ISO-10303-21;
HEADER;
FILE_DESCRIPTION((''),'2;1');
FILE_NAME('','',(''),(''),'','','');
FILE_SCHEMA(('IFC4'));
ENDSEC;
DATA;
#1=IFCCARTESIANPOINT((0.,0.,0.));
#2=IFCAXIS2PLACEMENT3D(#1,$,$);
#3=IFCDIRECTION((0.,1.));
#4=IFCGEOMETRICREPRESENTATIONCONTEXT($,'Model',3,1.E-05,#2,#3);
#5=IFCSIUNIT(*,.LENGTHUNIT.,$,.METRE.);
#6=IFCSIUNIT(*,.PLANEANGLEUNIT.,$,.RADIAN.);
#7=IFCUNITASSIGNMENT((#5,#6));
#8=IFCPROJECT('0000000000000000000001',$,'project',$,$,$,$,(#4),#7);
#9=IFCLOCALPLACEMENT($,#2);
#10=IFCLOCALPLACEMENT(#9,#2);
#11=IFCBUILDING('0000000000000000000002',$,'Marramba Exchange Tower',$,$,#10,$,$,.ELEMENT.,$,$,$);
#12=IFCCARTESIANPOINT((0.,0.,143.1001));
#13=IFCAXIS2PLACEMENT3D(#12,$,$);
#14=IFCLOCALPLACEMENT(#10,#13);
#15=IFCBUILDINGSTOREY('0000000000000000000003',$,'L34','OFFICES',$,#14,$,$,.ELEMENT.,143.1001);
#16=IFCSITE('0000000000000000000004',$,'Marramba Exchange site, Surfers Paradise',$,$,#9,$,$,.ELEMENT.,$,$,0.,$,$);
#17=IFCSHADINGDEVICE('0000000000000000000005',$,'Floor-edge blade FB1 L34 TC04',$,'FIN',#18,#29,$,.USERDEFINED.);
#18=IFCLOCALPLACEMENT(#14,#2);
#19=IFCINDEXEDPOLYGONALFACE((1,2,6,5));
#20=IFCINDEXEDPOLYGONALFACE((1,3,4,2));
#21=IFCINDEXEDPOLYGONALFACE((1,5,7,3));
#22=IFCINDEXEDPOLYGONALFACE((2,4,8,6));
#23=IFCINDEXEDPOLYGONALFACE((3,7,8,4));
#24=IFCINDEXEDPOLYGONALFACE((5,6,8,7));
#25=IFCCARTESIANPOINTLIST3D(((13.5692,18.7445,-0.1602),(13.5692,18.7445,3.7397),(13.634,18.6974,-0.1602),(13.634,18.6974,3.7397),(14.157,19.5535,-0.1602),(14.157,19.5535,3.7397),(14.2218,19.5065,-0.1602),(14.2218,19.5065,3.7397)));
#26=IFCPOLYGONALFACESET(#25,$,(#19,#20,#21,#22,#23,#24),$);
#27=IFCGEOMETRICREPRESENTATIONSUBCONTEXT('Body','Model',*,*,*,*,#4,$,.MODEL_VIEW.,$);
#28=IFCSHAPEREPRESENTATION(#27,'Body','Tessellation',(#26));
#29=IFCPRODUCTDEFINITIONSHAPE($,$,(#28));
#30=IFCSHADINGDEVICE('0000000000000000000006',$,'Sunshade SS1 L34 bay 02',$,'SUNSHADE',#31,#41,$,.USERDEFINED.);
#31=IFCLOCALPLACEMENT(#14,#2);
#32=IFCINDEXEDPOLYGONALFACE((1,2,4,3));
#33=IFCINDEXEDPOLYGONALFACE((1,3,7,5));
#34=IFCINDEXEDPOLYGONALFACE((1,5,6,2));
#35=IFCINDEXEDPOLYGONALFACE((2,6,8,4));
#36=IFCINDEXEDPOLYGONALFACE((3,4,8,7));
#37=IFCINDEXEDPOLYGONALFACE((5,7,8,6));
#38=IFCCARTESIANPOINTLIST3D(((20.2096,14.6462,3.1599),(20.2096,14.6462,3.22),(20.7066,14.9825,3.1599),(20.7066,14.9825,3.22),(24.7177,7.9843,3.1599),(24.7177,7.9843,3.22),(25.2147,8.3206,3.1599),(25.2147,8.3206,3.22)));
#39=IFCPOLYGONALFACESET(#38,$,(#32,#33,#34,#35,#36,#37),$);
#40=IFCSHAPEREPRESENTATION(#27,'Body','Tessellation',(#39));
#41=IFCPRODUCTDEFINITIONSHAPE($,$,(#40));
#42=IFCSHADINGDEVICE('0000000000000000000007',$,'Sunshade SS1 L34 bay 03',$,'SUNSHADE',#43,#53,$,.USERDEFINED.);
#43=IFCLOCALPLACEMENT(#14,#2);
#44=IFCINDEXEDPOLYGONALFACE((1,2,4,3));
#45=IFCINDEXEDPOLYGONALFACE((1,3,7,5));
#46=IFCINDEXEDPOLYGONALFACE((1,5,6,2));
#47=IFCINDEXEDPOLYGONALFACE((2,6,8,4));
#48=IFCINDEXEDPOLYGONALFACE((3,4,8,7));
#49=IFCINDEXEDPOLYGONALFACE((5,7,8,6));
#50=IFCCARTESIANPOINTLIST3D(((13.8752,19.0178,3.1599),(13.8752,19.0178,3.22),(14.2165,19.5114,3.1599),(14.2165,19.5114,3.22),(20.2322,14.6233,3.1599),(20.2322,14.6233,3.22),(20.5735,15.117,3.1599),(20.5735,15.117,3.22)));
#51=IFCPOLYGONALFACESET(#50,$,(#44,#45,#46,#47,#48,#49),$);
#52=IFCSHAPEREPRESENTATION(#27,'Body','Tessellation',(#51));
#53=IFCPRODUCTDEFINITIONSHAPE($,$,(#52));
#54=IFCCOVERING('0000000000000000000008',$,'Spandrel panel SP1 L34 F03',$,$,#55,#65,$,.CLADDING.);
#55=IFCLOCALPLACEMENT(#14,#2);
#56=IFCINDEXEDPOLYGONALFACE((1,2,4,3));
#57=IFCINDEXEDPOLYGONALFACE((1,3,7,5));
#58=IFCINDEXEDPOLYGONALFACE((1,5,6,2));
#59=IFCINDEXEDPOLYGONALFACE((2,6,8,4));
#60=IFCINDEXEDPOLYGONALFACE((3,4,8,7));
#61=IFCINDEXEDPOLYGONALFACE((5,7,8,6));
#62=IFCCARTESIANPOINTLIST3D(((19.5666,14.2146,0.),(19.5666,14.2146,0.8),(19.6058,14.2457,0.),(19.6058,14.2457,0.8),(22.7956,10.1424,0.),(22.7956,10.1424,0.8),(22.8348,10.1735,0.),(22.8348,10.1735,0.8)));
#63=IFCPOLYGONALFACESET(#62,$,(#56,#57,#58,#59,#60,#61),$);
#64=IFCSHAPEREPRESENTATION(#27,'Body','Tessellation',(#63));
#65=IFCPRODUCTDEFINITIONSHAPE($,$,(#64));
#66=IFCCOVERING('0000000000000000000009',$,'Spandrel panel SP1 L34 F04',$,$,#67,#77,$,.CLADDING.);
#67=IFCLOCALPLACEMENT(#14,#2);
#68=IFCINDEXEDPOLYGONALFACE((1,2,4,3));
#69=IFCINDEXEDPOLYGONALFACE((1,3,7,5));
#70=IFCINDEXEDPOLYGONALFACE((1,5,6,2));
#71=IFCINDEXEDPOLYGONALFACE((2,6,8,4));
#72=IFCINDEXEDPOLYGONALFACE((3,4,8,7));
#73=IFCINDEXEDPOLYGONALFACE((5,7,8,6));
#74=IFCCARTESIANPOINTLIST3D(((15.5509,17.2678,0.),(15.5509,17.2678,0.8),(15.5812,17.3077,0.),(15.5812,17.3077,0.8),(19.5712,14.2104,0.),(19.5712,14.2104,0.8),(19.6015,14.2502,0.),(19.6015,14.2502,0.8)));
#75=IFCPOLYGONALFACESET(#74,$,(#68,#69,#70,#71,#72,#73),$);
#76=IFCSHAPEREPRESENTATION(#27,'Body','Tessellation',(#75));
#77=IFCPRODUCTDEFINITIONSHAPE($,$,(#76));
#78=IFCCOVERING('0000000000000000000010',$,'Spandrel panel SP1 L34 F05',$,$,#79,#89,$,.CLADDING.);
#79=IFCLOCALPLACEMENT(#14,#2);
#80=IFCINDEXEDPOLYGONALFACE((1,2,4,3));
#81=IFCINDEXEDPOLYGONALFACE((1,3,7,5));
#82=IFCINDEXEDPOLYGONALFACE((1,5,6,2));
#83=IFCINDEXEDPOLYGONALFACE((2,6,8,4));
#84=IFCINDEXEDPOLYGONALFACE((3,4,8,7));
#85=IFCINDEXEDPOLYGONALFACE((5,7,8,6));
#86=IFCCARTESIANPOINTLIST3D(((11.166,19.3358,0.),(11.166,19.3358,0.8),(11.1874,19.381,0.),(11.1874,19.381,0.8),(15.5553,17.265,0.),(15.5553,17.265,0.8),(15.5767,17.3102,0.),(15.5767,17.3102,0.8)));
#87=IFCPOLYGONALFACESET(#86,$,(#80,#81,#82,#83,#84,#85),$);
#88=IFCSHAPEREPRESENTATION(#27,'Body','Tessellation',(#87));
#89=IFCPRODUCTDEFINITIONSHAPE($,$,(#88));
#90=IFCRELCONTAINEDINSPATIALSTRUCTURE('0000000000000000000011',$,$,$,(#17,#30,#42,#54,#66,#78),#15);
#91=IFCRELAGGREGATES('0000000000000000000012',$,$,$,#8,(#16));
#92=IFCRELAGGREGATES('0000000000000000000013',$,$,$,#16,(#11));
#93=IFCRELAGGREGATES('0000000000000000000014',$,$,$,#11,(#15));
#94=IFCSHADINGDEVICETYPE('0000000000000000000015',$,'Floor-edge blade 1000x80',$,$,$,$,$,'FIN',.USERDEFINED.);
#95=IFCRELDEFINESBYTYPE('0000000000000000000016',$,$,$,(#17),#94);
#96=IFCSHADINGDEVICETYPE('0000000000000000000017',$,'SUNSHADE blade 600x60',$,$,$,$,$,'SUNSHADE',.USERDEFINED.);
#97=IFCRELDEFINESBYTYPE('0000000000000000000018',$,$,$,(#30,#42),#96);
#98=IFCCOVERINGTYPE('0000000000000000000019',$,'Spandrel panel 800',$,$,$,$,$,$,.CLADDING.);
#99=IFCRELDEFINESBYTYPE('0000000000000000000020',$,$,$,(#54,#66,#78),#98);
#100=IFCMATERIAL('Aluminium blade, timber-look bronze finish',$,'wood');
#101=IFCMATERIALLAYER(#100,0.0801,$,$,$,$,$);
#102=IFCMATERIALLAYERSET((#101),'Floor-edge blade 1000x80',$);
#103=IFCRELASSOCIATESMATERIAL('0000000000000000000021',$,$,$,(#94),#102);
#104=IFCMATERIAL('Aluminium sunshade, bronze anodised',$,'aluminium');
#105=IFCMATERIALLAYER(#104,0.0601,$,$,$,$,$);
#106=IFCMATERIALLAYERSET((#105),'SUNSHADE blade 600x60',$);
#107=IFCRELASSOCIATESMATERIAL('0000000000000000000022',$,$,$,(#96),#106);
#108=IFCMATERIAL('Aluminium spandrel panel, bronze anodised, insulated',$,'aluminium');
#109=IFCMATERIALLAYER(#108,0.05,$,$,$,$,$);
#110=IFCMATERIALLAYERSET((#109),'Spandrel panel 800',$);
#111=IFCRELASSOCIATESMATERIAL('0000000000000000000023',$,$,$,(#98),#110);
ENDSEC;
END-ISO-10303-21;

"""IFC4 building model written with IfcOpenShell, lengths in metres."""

from ifc_helpers import new_model, si_unit, direction, frame, origin, origin_2d, place, context, subcontext, project, spatial, rectangle, extrude, material, layer, layer_set, type_object, element, save


model = new_model("IFC4")

# Units and contexts
model_context = context("Model", 3, precision=1e-05, world=origin(), true_north=direction((0.0, 1.0)))
body_context = subcontext(model_context, "Body", "Model", "MODEL_VIEW")
ifc_project = project(units=[si_unit("LENGTHUNIT", "METRE"), si_unit("PLANEANGLEUNIT", "RADIAN")], contexts=[model_context])

# Site, building, storey
site_placement = place(None, origin())
site = spatial("IfcSite", under=ifc_project, at=site_placement, Name="Marramba Exchange site, Surfers Paradise", CompositionType="ELEMENT", RefElevation=0.0)
building_placement = place(site_placement, origin())
building = spatial("IfcBuilding", under=site, at=building_placement, Name="Marramba Exchange Tower", CompositionType="ELEMENT")
storey_placement = place(building_placement, frame((0.0, 0.0, 143.1001)))
storey = spatial("IfcBuildingStorey", under=building, at=storey_placement, Name="L34", Description="OFFICES", CompositionType="ELEMENT", Elevation=143.1001)

# Shading devices
ifc_material_1 = material(Name="Aluminium blade, timber-look bronze finish", Category="wood")
ifc_layer_1 = layer(ifc_material_1, 0.0801)
ifc_layer_set_1 = layer_set([ifc_layer_1], Name="Floor-edge blade 1000x80")
shading_device_type_1 = type_object("IfcShadingDeviceType", Name="Floor-edge blade 1000x80", ElementType="FIN", PredefinedType="USERDEFINED", material=ifc_layer_set_1)
for number, where, z_axis, x_axis, name in (
    (1, (13.8955, 19.1255, -0.1602), (0.0, 0.0, 1.0), (0.587785, 0.809017, 0.0), "Floor-edge blade FB1 L34 TC04"),
):
    element("IfcShadingDevice", number, at=place(storey_placement, frame(where, z_axis=z_axis, x_axis=x_axis)), inside=storey, type_object=shading_device_type_1, Name=name, ObjectType="FIN", PredefinedType="USERDEFINED", context=body_context, shape_type="SweptSolid", body=[
        extrude(rectangle(XDim=1.0, YDim=0.0801, at=origin_2d()), origin(), (0.0, 0.0, 1.0), 3.8999),
    ])
ifc_material_2 = material(Name="Aluminium sunshade, bronze anodised", Category="aluminium")
ifc_layer_2 = layer(ifc_material_2, 0.0601)
ifc_layer_set_2 = layer_set([ifc_layer_2], Name="SUNSHADE blade 600x60")
shading_device_type_2 = type_object("IfcShadingDeviceType", Name="SUNSHADE blade 600x60", ElementType="SUNSHADE", PredefinedType="USERDEFINED", material=ifc_layer_set_2)
shading_device_1_placement = place(storey_placement, frame((22.7122, 11.4834, 3.1599), z_axis=(0.0, 0.0, 1.0), x_axis=(-0.560442, 0.828194, 0.0)))
element("IfcShadingDevice", 2, at=shading_device_1_placement, inside=storey, type_object=shading_device_type_2, Name="Sunshade SS1 L34 bay 02", ObjectType="SUNSHADE", PredefinedType="USERDEFINED", context=body_context, shape_type="SweptSolid", body=[
    extrude(rectangle(XDim=8.0439, YDim=0.6001, at=origin_2d()), origin(), (0.0, 0.0, 1.0), 0.0601),
])
shading_device_2_placement = place(storey_placement, frame((17.2244, 17.0674, 3.1599), z_axis=(0.0, 0.0, 1.0), x_axis=(-0.82259, 0.568636, 0.0)))
element("IfcShadingDevice", 3, at=shading_device_2_placement, inside=storey, type_object=shading_device_type_2, Name="Sunshade SS1 L34 bay 03", ObjectType="SUNSHADE", PredefinedType="USERDEFINED", context=body_context, shape_type="SweptSolid", body=[
    extrude(rectangle(XDim=7.728, YDim=0.6001, at=origin_2d()), origin(), (0.0, 0.0, 1.0), 0.0601),
])

# Coverings
ifc_material_3 = material(Name="Aluminium spandrel panel, bronze anodised, insulated", Category="aluminium")
ifc_layer_3 = layer(ifc_material_3, 0.05)
ifc_layer_set_3 = layer_set([ifc_layer_3], Name="Spandrel panel 800")
covering_type = type_object("IfcCoveringType", Name="Spandrel panel 800", PredefinedType="CLADDING", material=ifc_layer_set_3)
covering_1_placement = place(storey_placement, frame((21.2007, 12.1941, 0.0), z_axis=(0.0, 0.0, 1.0), x_axis=(-0.621312, 0.783563, 0.0)))
element("IfcCovering", 4, at=covering_1_placement, inside=storey, type_object=covering_type, Name="Spandrel panel SP1 L34 F03", PredefinedType="CLADDING", context=body_context, shape_type="SweptSolid", body=[
    extrude(rectangle(XDim=5.197, YDim=0.05, at=origin_2d()), origin(), (0.0, 0.0, 1.0), 0.8),
])
covering_2_placement = place(storey_placement, frame((17.5762, 15.759, 0.0), z_axis=(0.0, 0.0, 1.0), x_axis=(-0.795972, 0.605334, 0.0)))
element("IfcCovering", 5, at=covering_2_placement, inside=storey, type_object=covering_type, Name="Spandrel panel SP1 L34 F04", PredefinedType="CLADDING", context=body_context, shape_type="SweptSolid", body=[
    extrude(rectangle(XDim=5.0508, YDim=0.05, at=origin_2d()), origin(), (0.0, 0.0, 1.0), 0.8),
])
covering_3_placement = place(storey_placement, frame((13.3713, 18.323, 0.0), z_axis=(0.0, 0.0, 1.0), x_axis=(-0.904403, 0.426679, 0.0)))
element("IfcCovering", 6, at=covering_3_placement, inside=storey, type_object=covering_type, Name="Spandrel panel SP1 L34 F05", PredefinedType="CLADDING", context=body_context, shape_type="SweptSolid", body=[
    extrude(rectangle(XDim=4.8533, YDim=0.05, at=origin_2d()), origin(), (0.0, 0.0, 1.0), 0.8),
])

save(model, "model.ifc")
